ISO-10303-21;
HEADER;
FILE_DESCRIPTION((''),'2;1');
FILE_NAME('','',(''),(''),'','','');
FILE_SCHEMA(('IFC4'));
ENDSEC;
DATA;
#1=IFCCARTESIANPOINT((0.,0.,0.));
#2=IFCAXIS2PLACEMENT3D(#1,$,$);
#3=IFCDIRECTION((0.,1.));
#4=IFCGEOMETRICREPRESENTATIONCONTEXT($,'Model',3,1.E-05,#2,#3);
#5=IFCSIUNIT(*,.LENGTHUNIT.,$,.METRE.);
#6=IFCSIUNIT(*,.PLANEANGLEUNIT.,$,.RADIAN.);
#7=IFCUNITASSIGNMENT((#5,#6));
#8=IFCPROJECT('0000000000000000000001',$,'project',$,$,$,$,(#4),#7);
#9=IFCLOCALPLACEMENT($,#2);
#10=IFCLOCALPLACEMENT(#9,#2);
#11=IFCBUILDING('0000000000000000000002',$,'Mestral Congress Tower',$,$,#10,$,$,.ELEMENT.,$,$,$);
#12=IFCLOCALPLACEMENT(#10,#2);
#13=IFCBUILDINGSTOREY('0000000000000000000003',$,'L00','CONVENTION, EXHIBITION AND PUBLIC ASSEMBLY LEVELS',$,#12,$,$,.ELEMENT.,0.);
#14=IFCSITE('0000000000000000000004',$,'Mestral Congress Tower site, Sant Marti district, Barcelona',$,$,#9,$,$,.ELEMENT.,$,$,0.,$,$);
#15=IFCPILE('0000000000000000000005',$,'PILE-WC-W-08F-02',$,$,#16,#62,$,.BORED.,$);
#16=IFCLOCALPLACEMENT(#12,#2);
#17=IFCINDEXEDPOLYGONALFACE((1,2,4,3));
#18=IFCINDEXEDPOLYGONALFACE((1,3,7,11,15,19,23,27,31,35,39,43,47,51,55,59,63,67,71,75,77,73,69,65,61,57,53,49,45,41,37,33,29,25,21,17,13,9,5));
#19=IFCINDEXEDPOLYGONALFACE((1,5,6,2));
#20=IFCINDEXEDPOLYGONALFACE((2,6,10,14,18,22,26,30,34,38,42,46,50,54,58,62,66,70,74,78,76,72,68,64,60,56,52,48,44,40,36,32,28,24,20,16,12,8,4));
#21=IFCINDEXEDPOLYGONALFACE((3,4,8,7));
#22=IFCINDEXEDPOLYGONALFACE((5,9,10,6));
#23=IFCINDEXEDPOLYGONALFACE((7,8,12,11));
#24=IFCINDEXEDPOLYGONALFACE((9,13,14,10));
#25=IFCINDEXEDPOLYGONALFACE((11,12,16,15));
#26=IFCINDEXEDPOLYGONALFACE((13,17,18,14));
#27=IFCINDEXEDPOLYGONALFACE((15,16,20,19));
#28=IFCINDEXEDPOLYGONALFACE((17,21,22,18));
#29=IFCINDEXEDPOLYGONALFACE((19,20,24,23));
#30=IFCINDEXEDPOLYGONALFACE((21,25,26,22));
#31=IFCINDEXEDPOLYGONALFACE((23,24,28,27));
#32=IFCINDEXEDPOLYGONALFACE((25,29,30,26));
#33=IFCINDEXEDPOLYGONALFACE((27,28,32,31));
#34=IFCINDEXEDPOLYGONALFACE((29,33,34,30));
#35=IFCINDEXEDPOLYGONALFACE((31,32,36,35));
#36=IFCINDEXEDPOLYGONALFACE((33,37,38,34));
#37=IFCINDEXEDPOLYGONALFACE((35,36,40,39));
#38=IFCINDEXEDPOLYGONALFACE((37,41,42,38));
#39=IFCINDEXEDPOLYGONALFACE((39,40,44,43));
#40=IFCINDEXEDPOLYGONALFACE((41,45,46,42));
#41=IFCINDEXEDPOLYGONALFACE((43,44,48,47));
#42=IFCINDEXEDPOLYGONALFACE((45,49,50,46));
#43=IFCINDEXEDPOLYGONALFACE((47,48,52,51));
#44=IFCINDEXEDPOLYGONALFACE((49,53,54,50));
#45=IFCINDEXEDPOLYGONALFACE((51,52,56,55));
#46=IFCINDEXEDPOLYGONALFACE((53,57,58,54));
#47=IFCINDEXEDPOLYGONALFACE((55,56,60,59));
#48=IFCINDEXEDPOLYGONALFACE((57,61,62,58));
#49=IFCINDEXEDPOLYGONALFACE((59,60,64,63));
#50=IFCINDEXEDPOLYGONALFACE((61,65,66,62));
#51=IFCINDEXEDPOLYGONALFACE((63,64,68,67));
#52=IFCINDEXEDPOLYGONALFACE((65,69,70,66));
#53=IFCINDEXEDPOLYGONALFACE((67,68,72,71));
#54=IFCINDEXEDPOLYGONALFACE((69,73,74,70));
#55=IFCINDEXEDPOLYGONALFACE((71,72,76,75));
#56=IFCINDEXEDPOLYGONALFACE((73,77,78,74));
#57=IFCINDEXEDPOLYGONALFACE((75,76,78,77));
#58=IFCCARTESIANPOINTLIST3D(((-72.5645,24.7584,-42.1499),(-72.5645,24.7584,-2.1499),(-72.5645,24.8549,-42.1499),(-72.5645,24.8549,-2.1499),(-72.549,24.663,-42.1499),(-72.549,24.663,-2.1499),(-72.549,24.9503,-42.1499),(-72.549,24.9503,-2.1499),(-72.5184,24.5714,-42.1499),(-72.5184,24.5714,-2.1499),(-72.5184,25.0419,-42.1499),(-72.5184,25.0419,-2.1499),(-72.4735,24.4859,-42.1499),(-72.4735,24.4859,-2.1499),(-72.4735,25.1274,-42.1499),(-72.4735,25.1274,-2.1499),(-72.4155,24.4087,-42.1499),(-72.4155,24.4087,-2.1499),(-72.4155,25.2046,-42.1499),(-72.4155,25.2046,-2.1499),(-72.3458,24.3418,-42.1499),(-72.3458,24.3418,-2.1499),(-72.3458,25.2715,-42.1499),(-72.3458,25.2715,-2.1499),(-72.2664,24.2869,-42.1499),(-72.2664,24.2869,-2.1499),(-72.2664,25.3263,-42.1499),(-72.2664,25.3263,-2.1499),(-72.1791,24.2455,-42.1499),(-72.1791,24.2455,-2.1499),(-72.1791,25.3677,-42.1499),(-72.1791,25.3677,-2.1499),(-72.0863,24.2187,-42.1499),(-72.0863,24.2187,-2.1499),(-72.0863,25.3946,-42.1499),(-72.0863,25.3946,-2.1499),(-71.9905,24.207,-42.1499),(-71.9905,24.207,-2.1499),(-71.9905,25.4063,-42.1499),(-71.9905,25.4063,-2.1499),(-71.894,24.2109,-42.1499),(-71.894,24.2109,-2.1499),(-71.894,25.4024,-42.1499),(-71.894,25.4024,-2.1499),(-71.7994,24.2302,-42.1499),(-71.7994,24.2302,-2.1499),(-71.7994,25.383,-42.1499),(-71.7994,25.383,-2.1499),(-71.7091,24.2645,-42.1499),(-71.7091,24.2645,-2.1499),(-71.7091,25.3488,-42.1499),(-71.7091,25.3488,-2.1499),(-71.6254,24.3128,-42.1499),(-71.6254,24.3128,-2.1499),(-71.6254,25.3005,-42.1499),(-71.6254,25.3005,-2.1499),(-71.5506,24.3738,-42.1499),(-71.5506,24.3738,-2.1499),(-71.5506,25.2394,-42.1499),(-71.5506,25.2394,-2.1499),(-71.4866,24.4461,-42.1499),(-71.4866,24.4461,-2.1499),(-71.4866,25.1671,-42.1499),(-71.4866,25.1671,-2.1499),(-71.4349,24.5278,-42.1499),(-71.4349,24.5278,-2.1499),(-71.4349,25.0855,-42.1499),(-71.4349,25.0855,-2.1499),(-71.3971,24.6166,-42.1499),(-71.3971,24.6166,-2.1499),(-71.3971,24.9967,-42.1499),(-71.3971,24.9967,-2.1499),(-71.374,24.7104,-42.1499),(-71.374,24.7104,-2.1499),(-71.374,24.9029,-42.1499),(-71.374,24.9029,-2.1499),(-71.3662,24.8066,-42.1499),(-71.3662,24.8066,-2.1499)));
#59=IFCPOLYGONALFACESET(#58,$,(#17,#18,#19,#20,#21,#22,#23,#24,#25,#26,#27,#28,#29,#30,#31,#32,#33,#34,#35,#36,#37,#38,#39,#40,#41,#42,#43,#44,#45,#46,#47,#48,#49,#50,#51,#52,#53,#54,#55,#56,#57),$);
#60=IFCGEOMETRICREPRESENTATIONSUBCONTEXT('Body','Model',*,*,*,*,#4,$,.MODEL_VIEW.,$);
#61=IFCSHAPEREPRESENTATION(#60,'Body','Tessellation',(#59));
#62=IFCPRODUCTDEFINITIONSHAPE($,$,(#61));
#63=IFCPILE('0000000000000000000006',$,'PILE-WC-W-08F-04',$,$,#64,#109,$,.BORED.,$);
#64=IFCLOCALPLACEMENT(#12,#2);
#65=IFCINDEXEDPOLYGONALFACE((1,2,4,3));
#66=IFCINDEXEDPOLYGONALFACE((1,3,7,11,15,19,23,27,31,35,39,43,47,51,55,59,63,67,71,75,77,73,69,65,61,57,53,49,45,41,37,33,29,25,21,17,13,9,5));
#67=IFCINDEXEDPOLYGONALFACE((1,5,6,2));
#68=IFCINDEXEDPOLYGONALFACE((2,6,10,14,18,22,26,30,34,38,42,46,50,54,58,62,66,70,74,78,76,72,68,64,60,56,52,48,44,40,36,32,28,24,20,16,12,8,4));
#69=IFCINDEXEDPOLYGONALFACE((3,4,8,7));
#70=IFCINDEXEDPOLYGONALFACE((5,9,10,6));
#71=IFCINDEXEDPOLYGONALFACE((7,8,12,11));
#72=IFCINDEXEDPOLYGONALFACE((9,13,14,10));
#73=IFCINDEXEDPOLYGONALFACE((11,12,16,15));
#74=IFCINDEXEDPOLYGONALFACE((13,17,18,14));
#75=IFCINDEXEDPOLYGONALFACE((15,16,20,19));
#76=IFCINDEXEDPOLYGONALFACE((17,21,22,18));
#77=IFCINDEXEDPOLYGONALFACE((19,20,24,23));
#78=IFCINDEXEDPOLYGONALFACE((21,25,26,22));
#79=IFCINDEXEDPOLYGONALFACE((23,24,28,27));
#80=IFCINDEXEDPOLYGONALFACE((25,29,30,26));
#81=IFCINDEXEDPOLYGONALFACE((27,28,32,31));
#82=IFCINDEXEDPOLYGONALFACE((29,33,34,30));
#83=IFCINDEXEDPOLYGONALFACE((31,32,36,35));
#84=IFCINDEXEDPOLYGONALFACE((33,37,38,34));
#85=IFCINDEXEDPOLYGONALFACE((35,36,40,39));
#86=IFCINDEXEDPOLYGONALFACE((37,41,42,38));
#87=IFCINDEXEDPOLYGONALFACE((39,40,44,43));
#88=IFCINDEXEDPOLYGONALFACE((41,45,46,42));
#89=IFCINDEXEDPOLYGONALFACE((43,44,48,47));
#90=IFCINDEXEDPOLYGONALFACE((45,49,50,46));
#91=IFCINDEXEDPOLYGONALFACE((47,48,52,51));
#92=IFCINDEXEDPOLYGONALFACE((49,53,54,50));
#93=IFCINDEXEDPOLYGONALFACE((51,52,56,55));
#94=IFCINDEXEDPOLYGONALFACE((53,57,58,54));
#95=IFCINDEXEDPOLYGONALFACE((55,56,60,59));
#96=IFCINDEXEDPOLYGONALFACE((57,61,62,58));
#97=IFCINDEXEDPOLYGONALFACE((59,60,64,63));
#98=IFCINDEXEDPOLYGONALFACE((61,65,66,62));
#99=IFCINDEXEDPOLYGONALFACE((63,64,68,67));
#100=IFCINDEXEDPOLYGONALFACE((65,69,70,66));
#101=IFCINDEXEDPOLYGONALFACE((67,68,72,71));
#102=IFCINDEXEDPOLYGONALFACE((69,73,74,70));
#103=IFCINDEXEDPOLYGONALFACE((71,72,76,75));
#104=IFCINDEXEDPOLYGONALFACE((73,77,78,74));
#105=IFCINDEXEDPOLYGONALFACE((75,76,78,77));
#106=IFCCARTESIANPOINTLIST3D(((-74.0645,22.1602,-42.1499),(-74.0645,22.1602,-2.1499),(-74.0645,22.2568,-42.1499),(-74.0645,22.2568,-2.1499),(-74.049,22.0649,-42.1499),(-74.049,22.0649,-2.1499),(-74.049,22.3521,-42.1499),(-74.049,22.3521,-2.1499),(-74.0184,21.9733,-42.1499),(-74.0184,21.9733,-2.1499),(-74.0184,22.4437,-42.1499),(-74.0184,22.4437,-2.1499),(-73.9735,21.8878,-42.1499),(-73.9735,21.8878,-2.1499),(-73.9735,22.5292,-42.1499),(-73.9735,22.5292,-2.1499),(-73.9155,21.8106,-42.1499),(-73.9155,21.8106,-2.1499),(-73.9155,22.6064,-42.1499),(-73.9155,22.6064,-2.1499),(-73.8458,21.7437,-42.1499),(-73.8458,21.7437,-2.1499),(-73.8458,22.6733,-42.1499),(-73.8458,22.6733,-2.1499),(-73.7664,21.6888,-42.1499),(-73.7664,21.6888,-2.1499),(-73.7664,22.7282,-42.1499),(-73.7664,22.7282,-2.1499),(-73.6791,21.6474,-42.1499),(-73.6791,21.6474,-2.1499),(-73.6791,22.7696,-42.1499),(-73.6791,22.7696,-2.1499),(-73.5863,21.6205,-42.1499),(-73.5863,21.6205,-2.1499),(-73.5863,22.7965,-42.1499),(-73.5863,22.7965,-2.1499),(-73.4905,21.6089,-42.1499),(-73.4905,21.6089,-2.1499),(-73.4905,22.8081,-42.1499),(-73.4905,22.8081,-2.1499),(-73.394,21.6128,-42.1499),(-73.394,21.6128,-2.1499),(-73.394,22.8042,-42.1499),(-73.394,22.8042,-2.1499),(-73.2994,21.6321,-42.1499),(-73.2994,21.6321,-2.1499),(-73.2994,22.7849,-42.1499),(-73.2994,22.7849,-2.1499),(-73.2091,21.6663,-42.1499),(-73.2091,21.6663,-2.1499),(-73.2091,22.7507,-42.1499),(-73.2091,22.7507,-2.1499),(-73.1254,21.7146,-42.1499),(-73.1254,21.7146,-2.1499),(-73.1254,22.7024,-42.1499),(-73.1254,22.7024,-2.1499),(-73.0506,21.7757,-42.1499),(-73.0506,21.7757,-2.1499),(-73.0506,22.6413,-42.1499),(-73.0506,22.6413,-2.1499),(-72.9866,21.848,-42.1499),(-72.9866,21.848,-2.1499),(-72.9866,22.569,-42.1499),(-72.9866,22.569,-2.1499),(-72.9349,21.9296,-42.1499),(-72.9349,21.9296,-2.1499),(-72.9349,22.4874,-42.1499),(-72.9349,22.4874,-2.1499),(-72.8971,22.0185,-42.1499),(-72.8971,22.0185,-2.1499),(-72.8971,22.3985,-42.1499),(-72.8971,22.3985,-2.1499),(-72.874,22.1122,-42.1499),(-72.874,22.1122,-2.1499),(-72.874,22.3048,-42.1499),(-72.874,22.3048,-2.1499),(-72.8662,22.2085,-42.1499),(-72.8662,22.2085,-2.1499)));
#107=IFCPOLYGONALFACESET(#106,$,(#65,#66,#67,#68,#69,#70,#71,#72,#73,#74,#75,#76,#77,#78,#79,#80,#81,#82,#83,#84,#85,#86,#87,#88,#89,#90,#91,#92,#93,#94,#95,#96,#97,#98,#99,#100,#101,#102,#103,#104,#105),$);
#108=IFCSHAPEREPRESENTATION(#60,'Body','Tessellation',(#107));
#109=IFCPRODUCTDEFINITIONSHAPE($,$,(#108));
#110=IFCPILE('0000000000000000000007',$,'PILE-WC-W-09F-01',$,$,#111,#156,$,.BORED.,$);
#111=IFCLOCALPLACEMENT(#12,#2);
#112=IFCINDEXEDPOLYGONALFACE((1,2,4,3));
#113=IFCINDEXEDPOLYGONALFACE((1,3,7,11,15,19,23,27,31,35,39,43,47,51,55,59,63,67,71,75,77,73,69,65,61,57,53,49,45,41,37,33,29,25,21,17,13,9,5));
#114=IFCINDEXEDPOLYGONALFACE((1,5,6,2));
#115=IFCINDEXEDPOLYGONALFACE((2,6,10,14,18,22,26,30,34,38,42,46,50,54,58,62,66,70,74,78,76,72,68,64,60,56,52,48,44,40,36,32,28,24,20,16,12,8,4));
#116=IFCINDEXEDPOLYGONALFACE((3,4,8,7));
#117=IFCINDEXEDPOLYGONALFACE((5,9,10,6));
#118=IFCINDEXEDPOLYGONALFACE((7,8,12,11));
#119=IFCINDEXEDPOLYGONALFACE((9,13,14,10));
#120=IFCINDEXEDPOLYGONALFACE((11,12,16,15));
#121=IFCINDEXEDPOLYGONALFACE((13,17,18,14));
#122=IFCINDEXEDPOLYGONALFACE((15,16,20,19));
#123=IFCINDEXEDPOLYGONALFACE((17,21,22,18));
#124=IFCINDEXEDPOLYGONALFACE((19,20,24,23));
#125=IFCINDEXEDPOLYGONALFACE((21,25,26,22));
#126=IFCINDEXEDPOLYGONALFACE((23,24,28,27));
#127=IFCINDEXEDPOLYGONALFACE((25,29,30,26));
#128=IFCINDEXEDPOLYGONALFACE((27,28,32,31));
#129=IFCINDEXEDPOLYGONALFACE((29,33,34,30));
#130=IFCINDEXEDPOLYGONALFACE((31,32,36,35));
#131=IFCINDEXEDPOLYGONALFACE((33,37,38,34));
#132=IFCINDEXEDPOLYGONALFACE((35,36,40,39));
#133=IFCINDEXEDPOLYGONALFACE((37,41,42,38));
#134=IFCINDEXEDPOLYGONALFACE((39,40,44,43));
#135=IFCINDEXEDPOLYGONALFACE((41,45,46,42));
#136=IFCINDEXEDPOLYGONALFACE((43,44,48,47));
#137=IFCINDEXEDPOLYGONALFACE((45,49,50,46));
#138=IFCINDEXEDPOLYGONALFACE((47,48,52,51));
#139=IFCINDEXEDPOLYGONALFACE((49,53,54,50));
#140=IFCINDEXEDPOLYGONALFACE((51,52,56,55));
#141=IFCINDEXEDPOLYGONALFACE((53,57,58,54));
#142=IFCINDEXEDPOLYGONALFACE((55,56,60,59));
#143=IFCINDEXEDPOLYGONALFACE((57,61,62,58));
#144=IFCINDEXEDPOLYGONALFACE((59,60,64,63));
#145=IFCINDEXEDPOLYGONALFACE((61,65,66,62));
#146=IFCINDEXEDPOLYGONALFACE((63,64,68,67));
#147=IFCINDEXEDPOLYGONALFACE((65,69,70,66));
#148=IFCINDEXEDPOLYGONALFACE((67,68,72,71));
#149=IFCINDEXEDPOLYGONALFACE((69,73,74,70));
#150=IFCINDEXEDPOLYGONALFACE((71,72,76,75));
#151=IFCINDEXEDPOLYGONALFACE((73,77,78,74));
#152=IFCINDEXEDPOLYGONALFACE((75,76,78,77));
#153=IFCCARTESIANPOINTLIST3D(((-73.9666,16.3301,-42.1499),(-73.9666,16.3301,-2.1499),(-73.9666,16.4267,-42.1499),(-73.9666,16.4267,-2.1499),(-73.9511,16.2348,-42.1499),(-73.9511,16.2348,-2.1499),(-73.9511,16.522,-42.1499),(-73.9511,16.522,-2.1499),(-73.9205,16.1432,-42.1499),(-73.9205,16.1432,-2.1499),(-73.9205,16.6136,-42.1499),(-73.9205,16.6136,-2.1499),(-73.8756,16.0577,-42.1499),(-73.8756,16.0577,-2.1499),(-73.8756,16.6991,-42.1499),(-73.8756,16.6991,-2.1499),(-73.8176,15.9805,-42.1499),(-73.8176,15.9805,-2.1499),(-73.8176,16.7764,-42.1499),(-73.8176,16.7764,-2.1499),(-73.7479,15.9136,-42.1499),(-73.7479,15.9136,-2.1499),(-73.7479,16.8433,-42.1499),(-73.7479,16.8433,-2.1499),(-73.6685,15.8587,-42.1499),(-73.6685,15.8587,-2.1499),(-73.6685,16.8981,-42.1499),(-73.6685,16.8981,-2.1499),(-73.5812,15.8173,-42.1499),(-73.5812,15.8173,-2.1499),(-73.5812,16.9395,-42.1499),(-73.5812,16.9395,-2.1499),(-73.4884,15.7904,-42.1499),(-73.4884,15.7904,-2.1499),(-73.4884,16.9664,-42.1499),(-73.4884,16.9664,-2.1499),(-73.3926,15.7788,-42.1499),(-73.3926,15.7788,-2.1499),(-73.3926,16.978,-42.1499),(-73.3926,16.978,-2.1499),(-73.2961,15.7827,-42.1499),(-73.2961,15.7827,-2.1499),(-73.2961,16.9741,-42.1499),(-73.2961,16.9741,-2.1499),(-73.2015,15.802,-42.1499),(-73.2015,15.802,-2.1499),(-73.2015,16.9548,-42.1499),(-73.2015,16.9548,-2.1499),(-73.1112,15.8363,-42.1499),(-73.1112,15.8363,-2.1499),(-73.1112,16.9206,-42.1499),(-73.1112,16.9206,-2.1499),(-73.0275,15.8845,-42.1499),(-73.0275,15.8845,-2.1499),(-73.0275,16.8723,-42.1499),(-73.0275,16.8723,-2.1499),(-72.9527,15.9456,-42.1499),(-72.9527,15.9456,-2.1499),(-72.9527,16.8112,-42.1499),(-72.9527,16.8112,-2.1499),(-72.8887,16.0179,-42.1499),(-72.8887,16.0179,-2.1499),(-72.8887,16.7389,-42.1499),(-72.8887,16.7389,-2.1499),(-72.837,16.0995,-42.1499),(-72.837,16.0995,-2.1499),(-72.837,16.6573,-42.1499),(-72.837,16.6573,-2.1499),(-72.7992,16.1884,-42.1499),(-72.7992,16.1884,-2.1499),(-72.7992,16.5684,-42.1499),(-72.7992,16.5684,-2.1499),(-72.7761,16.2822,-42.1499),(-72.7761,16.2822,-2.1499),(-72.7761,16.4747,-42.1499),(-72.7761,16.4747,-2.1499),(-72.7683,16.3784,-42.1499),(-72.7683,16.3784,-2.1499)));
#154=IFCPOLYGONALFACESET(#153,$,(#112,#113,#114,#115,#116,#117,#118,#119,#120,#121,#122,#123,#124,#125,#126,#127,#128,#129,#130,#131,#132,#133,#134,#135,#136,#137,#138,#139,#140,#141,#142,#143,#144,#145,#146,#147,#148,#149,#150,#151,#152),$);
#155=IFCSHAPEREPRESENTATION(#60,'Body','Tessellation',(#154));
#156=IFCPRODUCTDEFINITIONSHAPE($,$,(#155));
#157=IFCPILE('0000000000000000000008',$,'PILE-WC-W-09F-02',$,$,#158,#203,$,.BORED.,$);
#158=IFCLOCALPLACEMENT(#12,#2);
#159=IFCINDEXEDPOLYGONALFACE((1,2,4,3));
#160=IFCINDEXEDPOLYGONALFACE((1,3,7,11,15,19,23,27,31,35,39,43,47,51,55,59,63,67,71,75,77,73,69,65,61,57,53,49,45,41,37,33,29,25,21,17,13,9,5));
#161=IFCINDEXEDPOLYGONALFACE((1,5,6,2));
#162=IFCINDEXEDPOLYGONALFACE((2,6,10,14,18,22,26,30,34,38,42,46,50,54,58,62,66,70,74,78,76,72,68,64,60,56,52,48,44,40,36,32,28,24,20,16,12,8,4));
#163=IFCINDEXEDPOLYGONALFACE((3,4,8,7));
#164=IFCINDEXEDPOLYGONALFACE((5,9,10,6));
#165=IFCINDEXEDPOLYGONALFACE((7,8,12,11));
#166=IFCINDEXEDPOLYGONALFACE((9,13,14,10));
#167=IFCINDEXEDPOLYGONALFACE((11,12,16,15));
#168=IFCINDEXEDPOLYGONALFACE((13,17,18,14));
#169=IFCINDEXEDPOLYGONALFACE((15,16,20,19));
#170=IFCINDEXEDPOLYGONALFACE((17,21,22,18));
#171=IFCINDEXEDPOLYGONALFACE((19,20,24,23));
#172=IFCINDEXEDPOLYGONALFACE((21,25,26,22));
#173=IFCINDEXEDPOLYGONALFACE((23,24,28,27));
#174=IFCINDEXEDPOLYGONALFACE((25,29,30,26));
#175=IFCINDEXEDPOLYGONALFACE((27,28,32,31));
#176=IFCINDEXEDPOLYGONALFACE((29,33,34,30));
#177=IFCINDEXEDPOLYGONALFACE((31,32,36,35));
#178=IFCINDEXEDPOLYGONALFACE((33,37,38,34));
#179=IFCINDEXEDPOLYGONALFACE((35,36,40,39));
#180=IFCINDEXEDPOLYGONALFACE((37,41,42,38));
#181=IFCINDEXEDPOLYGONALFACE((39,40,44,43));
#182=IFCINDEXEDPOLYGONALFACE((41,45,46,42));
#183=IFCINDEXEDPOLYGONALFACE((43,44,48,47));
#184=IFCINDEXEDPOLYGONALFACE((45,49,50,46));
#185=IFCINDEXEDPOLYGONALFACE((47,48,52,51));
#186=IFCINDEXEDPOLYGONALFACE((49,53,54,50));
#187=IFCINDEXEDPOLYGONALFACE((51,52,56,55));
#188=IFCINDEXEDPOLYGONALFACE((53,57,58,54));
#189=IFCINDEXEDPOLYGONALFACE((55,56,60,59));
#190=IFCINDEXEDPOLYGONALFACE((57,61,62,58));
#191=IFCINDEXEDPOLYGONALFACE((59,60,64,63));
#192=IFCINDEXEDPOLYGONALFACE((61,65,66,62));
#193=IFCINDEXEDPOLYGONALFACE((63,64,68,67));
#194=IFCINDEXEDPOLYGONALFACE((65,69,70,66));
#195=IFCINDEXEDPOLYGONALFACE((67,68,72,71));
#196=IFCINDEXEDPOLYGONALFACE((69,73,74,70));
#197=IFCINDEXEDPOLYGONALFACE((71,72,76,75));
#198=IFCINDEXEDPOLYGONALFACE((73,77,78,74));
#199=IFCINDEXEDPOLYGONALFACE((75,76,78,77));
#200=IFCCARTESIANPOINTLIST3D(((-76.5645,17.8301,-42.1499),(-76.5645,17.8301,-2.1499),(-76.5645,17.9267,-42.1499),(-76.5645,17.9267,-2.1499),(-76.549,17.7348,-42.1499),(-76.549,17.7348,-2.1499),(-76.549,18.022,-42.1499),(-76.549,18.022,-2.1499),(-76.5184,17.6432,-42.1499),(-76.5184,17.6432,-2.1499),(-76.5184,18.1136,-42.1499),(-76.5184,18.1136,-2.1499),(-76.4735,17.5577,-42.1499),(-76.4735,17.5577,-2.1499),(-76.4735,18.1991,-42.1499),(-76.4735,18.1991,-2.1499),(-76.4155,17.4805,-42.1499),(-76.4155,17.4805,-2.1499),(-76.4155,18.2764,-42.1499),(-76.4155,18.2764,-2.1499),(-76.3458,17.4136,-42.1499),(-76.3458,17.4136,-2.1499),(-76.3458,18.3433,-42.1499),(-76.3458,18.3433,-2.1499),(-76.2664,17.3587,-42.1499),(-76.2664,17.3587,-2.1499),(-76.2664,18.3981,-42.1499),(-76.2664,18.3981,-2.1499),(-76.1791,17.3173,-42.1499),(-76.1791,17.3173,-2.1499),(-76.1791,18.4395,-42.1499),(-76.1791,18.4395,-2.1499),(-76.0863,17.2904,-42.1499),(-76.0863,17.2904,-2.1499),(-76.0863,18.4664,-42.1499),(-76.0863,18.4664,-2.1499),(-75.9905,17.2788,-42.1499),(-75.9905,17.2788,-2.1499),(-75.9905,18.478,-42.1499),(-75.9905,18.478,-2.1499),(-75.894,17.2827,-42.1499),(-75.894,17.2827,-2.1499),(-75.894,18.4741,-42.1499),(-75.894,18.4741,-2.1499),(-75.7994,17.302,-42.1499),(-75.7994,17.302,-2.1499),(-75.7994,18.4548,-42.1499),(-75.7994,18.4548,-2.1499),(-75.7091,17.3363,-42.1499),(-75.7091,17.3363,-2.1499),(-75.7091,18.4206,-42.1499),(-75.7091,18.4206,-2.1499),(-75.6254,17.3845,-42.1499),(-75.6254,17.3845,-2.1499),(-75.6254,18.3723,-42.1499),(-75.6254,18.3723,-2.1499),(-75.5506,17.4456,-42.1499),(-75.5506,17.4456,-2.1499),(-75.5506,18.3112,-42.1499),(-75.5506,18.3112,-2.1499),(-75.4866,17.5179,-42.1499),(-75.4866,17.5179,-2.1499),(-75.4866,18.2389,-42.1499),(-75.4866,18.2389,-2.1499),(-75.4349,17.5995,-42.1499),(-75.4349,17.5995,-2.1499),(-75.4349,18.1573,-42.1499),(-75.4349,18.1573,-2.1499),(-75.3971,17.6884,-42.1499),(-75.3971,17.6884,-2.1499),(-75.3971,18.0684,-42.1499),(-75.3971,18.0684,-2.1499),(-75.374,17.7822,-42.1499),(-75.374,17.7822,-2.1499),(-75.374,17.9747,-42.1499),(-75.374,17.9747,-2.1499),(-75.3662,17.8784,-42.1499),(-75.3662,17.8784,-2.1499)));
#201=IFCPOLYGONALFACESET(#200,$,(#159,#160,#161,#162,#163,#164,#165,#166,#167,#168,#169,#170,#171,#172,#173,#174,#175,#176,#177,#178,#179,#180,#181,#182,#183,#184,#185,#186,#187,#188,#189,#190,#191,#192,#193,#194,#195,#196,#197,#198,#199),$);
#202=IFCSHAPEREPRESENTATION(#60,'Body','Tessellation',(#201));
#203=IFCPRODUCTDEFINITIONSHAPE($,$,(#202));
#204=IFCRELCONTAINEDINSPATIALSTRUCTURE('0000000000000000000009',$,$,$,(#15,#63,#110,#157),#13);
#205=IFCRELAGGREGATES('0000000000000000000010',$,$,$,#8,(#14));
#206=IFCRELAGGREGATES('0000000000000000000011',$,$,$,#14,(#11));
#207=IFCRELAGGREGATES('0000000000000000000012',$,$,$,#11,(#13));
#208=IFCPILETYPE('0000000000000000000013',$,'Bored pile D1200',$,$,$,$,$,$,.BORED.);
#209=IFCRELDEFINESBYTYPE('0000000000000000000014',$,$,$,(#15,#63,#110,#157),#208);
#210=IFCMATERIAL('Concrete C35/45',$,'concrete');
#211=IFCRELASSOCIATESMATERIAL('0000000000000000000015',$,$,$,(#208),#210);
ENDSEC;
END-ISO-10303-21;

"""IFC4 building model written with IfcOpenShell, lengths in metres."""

from ifc_helpers import new_model, si_unit, direction, frame, origin, origin_2d, place, context, subcontext, project, spatial, circle, extrude, material, material_profile, profile_set, type_object, element, save


model = new_model("IFC4")

# Units and contexts
model_context = context("Model", 3, precision=1e-05, world=origin(), true_north=direction((0.0, 1.0)))
body_context = subcontext(model_context, "Body", "Model", "MODEL_VIEW")
ifc_project = project(units=[si_unit("LENGTHUNIT", "METRE"), si_unit("PLANEANGLEUNIT", "RADIAN")], contexts=[model_context])

# Site, building, storey
site_placement = place(None, origin())
site = spatial("IfcSite", under=ifc_project, at=site_placement, Name="Mestral Congress Tower site, Sant Marti district, Barcelona", CompositionType="ELEMENT", RefElevation=0.0)
building_placement = place(site_placement, origin())
building = spatial("IfcBuilding", under=site, at=building_placement, Name="Mestral Congress Tower", CompositionType="ELEMENT")
storey_placement = place(building_placement, origin())
storey = spatial("IfcBuildingStorey", under=building, at=storey_placement, Name="L00", Description="CONVENTION, EXHIBITION AND PUBLIC ASSEMBLY LEVELS", CompositionType="ELEMENT", Elevation=0.0)

# Piles
ifc_material_1 = material(Name="Concrete C35/45", Category="concrete")
ifc_material_profile_1 = material_profile(ifc_material_1, circle(Radius=0.6001, at=origin_2d()), Name="D1200")
ifc_profile_set_1 = profile_set([ifc_material_profile_1], Name="Concrete C35/45")
pile_type = type_object("IfcPileType", Name="Bored pile D1200", PredefinedType="BORED", material=ifc_profile_set_1)
for number, where, z_axis, x_axis, name in (
    (1, (-71.9663, 24.8066, -2.1499), (0.0, 0.0, -1.0), (1.0, 0.0, 0.0), "PILE-WC-W-08F-02"),
    (2, (-73.4663, 22.2085, -2.1499), (0.0, 0.0, -1.0), (1.0, 0.0, 0.0), "PILE-WC-W-08F-04"),
    (3, (-73.3684, 16.3784, -2.1499), (0.0, 0.0, -1.0), (1.0, 0.0, 0.0), "PILE-WC-W-09F-01"),
    (4, (-75.9663, 17.8784, -2.1499), (0.0, 0.0, -1.0), (1.0, 0.0, 0.0), "PILE-WC-W-09F-02"),
):
    element("IfcPile", number, at=place(storey_placement, frame(where, z_axis=z_axis, x_axis=x_axis)), inside=storey, type_object=pile_type, Name=name, PredefinedType="BORED", context=body_context, shape_type="SweptSolid", body=[
        extrude(circle(Radius=0.6001, at=origin_2d()), origin(), (0.0, 0.0, 1.0), 40.0),
    ])

save(model, "model.ifc")
